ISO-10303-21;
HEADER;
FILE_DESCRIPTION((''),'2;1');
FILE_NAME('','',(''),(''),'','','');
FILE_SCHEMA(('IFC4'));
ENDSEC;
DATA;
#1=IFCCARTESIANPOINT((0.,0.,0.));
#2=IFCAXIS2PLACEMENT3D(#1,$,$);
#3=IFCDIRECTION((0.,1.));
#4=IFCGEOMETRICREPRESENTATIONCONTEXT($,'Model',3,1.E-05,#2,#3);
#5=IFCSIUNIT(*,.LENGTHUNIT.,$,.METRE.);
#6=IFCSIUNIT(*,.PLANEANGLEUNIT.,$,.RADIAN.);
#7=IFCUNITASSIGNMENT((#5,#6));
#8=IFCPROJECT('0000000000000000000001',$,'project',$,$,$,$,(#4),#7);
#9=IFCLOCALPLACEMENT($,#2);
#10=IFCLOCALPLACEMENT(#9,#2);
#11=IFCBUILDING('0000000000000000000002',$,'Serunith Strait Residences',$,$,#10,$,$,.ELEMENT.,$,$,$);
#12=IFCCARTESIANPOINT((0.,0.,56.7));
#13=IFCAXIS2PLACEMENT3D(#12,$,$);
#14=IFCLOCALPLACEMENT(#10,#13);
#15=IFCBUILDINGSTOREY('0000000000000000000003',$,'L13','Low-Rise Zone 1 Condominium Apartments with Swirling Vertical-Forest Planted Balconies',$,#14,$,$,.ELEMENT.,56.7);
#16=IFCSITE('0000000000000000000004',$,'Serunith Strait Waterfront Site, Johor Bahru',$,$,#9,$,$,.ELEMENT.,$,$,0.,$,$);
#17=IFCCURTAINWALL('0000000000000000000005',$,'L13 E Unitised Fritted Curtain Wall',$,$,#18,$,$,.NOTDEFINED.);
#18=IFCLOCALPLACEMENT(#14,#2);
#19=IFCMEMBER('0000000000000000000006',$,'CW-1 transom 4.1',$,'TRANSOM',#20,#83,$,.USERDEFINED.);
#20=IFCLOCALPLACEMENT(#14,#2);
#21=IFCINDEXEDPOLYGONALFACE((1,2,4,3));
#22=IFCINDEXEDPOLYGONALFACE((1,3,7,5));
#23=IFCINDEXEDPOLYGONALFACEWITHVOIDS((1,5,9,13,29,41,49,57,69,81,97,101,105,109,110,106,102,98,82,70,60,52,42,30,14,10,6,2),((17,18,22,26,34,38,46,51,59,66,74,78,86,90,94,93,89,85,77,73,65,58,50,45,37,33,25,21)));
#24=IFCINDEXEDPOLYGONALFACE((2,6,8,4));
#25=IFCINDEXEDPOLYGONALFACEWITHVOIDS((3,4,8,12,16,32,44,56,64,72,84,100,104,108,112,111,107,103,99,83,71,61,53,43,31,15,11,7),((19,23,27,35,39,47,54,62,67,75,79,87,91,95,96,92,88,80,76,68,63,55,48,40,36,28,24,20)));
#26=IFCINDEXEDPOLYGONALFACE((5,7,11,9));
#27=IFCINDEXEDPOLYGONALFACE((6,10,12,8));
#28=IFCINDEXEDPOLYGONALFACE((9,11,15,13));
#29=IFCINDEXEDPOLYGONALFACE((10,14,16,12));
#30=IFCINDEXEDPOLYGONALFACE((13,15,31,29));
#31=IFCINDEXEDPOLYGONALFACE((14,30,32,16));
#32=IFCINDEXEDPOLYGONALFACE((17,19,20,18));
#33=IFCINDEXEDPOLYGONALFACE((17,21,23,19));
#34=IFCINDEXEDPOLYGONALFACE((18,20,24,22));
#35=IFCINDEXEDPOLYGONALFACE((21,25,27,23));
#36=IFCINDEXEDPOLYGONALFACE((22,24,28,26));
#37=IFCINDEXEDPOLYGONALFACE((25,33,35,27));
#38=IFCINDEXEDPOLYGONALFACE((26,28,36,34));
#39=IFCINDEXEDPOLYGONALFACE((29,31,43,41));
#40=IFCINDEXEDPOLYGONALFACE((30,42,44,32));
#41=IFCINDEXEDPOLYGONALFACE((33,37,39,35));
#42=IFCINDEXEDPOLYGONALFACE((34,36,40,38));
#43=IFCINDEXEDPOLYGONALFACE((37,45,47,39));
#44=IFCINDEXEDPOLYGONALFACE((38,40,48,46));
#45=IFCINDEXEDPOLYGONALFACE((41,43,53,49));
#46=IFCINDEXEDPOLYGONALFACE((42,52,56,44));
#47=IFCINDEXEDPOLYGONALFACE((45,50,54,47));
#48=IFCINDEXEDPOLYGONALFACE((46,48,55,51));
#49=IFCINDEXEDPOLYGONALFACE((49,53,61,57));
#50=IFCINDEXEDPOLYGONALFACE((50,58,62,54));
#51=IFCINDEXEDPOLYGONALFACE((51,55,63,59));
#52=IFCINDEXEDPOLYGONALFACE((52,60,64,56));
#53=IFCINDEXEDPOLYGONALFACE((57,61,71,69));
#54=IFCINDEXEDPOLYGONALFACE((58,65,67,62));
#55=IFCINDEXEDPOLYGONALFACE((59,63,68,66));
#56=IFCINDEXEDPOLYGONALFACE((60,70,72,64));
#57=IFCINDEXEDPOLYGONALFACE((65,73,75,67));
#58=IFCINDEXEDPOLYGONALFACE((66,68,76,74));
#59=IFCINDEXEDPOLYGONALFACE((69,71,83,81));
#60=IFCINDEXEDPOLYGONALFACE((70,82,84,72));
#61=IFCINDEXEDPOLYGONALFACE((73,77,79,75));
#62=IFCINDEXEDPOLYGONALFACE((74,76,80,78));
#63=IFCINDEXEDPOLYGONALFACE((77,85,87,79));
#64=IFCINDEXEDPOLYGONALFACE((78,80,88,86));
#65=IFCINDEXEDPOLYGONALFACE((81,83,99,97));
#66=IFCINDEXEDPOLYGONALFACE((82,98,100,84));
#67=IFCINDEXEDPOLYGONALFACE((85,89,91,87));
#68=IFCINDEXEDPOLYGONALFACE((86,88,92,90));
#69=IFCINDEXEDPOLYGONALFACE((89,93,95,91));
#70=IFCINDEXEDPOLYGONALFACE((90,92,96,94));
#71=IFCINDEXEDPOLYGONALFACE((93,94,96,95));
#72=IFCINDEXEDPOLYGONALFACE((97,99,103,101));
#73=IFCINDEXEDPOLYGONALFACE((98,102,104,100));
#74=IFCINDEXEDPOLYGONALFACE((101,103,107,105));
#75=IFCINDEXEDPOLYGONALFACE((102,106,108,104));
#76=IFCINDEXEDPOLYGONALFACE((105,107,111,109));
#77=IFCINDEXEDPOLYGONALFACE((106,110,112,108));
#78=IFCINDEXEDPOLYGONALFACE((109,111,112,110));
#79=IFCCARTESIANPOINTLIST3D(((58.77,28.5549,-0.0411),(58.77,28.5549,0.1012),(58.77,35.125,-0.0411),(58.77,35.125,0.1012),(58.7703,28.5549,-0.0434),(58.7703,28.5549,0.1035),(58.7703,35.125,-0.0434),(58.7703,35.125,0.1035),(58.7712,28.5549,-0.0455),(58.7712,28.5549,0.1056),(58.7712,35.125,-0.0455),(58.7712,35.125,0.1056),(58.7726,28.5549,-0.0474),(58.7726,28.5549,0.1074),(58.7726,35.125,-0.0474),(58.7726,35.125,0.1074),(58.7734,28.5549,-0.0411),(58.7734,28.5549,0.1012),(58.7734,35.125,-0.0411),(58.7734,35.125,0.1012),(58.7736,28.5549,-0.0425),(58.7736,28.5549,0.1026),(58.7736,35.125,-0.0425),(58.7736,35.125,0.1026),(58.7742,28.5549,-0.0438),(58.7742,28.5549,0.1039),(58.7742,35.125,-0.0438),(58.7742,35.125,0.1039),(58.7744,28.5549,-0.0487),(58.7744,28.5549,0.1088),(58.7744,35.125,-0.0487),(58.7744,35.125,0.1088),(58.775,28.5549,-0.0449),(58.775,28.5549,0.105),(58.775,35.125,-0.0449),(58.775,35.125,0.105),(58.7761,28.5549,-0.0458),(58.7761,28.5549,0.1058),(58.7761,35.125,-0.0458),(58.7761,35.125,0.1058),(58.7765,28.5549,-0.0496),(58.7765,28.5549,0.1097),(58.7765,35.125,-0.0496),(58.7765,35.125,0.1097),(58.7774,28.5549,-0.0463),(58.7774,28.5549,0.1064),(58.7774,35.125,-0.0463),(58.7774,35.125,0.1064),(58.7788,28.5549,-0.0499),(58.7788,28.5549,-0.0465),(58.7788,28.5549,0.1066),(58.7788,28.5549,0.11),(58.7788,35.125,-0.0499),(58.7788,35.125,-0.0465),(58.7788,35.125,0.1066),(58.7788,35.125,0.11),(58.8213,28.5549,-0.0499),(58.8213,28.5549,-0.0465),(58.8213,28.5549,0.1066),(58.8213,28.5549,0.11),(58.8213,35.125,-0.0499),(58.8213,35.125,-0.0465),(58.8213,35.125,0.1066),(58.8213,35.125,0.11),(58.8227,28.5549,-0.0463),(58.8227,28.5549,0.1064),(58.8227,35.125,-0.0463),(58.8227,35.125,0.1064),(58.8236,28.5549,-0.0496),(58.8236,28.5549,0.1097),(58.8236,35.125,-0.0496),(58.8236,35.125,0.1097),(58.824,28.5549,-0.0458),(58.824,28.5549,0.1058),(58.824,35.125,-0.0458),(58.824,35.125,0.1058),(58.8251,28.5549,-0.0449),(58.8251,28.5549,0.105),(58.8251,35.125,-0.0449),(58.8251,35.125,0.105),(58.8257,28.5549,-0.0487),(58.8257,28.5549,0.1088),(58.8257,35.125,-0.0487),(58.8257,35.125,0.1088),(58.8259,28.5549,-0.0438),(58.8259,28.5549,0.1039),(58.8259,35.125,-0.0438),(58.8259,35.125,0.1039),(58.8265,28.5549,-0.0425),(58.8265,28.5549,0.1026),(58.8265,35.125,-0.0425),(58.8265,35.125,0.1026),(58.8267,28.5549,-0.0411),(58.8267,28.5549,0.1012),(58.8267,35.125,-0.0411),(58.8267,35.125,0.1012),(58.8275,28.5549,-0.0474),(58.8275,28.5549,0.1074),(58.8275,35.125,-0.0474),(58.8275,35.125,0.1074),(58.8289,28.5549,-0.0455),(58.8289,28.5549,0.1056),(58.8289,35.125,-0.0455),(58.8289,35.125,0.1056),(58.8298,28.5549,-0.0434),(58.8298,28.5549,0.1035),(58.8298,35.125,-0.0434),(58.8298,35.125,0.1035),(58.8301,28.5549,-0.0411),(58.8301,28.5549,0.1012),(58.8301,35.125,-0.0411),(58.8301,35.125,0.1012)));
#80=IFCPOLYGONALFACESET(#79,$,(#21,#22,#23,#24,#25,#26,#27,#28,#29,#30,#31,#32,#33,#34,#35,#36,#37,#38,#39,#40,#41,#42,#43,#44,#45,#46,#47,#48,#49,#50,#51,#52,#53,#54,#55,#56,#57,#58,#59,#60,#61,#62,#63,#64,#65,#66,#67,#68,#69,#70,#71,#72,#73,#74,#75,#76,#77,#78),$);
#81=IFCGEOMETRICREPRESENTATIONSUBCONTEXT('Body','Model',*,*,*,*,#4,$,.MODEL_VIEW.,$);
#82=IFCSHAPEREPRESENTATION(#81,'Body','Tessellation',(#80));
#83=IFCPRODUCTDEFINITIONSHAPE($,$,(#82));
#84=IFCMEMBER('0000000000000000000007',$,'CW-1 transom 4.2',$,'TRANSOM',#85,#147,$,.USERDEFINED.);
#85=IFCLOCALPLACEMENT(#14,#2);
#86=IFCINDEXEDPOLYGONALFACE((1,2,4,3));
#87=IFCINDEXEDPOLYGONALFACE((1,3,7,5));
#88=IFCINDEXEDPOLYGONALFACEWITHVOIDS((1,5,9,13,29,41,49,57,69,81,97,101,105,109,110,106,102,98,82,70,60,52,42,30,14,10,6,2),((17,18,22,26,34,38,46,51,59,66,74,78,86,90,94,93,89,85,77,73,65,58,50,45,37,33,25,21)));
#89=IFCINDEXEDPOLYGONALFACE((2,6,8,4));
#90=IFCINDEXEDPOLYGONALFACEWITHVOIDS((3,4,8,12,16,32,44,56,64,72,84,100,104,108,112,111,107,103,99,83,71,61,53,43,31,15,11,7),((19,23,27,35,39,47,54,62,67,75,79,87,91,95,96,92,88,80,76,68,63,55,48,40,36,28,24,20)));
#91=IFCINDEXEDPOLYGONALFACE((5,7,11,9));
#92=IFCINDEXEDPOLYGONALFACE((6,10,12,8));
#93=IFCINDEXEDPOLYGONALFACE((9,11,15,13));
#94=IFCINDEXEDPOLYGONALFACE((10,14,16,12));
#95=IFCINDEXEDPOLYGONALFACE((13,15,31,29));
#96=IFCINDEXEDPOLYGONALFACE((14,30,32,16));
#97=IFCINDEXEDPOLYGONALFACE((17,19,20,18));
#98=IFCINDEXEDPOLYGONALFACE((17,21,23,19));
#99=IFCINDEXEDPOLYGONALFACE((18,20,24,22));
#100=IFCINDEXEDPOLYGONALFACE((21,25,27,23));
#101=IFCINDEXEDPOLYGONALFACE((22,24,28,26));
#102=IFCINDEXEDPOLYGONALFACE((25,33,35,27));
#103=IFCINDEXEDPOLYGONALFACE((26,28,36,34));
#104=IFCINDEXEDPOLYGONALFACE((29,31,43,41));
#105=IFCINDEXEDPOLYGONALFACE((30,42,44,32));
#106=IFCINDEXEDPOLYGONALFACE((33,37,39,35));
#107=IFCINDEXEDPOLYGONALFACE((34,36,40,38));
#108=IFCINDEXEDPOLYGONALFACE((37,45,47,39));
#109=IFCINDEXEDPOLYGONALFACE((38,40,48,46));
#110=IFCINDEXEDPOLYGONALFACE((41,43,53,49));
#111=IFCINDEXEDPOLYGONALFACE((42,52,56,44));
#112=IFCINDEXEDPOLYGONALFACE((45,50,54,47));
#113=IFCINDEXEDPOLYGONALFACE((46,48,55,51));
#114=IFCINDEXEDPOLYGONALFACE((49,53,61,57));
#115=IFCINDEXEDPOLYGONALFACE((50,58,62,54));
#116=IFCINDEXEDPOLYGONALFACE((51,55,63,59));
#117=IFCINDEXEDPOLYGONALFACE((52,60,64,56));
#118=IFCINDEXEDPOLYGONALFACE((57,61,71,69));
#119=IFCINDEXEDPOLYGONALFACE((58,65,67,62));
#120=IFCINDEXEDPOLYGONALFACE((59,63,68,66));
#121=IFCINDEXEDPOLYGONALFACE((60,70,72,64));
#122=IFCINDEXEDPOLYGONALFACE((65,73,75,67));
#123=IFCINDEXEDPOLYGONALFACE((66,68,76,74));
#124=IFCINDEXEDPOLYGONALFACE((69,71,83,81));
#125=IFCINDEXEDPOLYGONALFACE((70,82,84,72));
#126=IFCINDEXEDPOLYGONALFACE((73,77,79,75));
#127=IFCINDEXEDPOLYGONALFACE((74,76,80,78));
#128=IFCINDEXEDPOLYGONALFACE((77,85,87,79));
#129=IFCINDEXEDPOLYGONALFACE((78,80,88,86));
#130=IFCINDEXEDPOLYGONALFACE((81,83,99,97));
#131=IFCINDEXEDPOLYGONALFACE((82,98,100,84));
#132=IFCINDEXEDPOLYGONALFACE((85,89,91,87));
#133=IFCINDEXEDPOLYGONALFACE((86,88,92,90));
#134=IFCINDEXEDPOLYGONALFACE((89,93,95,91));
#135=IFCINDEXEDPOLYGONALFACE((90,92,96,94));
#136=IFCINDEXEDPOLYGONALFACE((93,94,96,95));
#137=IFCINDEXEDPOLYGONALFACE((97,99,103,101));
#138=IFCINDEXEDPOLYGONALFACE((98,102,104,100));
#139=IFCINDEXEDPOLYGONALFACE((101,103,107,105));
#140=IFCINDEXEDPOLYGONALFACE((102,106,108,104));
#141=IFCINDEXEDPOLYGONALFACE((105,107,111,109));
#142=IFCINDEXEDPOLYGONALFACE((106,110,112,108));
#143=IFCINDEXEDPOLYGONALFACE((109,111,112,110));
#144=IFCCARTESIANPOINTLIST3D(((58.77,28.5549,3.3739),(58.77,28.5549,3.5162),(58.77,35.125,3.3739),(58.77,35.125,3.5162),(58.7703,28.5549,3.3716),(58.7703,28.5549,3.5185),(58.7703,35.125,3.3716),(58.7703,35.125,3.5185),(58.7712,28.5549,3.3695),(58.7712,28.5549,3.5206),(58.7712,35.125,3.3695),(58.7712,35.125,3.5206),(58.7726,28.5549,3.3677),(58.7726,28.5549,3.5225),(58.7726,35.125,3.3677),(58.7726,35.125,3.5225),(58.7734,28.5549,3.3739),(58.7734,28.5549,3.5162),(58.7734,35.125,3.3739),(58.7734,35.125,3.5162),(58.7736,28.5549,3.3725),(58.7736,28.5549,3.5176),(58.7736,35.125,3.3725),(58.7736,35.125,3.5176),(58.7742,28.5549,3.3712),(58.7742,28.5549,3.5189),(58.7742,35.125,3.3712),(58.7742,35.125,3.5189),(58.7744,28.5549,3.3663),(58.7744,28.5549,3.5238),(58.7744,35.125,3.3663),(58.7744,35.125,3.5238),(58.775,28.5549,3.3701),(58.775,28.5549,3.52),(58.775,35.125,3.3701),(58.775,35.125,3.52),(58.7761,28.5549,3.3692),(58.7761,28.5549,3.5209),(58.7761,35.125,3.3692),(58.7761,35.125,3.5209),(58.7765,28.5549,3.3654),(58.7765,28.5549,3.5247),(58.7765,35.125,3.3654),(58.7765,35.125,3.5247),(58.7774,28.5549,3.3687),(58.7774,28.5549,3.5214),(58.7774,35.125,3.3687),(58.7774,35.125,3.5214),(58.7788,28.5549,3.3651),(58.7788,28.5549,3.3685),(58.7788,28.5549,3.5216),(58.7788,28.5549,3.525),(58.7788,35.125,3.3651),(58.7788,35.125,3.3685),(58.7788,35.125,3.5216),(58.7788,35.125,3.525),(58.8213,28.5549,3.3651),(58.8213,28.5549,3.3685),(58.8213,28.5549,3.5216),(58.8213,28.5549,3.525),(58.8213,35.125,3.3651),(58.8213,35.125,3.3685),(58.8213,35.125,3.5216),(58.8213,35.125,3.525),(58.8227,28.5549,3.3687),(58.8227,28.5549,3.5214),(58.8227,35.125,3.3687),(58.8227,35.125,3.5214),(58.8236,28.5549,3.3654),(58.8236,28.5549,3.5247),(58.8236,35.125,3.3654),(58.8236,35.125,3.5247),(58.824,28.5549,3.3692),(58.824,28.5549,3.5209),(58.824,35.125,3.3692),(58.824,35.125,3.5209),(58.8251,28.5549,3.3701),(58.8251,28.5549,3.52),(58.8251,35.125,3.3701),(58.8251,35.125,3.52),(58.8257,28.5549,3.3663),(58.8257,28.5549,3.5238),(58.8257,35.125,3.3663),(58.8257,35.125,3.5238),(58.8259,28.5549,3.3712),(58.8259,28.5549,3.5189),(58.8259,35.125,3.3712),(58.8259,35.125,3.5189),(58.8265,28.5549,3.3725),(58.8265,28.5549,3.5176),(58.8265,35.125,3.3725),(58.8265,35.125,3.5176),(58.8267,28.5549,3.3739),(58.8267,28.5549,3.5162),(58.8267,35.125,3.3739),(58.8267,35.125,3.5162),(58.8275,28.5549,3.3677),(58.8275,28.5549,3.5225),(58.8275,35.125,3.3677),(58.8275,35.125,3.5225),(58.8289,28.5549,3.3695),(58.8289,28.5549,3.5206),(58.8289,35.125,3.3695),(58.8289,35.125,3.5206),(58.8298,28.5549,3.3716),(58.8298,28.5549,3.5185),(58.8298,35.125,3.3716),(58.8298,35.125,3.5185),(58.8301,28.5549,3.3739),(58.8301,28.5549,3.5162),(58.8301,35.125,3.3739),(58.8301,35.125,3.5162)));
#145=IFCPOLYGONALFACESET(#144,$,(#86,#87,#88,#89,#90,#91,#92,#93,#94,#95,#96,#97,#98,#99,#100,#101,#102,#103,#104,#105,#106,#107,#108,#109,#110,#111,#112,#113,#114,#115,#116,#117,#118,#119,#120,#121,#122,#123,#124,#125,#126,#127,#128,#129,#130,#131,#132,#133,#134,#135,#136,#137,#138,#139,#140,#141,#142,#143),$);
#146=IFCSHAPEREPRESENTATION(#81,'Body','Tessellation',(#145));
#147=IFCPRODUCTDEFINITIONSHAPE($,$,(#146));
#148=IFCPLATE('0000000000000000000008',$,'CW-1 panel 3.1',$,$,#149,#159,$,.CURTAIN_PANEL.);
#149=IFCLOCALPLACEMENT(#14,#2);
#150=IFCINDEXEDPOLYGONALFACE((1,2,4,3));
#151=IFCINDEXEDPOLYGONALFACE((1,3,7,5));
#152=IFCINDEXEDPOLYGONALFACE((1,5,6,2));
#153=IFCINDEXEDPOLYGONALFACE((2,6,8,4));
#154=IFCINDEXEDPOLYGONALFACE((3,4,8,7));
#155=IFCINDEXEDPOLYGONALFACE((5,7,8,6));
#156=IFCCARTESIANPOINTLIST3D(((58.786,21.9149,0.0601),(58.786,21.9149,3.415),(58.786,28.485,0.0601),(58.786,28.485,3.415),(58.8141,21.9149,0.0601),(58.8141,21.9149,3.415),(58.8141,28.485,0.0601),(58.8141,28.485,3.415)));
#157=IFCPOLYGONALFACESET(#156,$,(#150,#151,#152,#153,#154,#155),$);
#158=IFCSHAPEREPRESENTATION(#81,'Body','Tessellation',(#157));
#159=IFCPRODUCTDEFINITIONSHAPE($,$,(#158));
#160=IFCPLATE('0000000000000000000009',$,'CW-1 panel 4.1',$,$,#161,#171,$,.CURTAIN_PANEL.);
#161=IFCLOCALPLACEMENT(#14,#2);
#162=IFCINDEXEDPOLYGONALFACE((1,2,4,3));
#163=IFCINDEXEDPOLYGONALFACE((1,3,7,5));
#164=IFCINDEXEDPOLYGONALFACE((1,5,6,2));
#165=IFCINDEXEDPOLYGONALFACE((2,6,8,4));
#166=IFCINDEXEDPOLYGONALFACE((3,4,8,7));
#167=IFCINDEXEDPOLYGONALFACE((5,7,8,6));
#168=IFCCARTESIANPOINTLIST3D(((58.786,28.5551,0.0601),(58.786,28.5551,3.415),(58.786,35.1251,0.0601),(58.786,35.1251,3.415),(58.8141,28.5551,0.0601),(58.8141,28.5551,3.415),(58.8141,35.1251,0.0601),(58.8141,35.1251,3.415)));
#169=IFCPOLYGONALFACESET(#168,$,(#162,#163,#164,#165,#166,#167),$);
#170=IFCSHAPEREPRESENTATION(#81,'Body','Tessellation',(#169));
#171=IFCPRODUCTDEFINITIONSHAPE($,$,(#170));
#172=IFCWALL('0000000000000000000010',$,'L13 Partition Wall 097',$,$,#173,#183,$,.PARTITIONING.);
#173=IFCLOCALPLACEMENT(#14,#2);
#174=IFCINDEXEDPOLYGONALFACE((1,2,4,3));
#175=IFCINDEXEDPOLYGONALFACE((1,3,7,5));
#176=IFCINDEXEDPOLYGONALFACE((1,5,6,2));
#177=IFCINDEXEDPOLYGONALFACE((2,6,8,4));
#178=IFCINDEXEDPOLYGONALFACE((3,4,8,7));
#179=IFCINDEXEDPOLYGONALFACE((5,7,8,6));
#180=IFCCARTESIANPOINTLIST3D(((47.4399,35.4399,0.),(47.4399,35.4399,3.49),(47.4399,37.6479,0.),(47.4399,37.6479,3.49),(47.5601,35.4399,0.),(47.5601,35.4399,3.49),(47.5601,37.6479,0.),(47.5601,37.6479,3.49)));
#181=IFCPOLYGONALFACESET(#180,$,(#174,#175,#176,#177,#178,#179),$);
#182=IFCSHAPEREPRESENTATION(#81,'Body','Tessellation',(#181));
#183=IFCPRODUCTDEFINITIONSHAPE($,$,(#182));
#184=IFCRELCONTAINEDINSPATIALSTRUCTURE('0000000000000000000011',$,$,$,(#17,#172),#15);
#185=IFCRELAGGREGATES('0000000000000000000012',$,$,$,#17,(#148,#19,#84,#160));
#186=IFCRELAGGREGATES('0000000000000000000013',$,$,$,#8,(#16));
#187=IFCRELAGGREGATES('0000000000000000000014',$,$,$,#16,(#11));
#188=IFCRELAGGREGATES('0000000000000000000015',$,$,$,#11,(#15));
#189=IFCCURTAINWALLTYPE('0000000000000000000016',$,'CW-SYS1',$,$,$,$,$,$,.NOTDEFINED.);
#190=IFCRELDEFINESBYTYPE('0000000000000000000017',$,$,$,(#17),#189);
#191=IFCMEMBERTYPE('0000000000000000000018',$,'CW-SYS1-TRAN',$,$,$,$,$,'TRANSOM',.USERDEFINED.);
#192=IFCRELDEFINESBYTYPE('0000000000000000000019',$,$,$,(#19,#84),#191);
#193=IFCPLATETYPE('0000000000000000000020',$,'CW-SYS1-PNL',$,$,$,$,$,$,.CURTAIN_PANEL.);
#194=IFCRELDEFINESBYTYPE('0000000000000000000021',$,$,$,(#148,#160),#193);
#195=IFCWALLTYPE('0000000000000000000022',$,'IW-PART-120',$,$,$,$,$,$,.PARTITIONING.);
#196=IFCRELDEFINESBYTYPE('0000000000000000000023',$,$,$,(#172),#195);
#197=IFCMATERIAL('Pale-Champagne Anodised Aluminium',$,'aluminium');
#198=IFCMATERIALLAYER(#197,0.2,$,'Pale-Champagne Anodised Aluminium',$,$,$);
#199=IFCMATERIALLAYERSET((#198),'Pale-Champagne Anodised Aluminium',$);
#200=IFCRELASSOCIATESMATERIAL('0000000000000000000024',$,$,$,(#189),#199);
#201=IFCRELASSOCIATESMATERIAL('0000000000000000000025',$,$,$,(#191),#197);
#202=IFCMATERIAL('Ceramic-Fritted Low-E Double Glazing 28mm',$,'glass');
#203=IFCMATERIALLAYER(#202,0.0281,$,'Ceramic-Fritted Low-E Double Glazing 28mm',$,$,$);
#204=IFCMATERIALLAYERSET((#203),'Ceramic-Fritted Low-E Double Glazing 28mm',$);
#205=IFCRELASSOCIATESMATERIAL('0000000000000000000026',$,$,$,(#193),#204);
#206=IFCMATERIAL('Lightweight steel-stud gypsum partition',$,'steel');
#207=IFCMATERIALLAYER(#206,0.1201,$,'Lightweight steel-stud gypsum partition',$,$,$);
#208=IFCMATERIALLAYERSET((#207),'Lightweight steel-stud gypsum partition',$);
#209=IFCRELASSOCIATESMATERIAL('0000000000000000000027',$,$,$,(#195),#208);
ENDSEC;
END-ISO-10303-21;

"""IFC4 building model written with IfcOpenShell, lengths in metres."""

from ifc_helpers import new_model, si_unit, direction, frame, frame_2d, origin, origin_2d, place, context, subcontext, project, spatial, rectangle, hollow_rectangle, extrude, source, transform, mapped, material, layer, layer_set, material_profile, profile_set, type_object, element, aggregate, save


model = new_model("IFC4")

# Units and contexts
model_context = context("Model", 3, precision=1e-05, world=origin(), true_north=direction((0.0, 1.0)))
body_context = subcontext(model_context, "Body", "Model", "MODEL_VIEW")
ifc_project = project(units=[si_unit("LENGTHUNIT", "METRE"), si_unit("PLANEANGLEUNIT", "RADIAN")], contexts=[model_context])

# Site, building, storey
site_placement = place(None, origin())
site = spatial("IfcSite", under=ifc_project, at=site_placement, Name="Serunith Strait Waterfront Site, Johor Bahru", CompositionType="ELEMENT", RefElevation=0.0)
building_placement = place(site_placement, origin())
building = spatial("IfcBuilding", under=site, at=building_placement, Name="Serunith Strait Residences", CompositionType="ELEMENT")
storey_placement = place(building_placement, frame((0.0, 0.0, 56.7)))
storey = spatial("IfcBuildingStorey", under=building, at=storey_placement, Name="L13", Description="Low-Rise Zone 1 Condominium Apartments with Swirling Vertical-Forest Planted Balconies", CompositionType="ELEMENT", Elevation=56.7)

# Curtain wall, members, plates
ifc_material_1 = material(Name="Pale-Champagne Anodised Aluminium", Category="aluminium")
ifc_layer_1 = layer(ifc_material_1, 0.2, Name="Pale-Champagne Anodised Aluminium")
ifc_layer_set_1 = layer_set([ifc_layer_1], Name="Pale-Champagne Anodised Aluminium")
curtain_wall_type = type_object("IfcCurtainWallType", Name="CW-SYS1", PredefinedType="NOTDEFINED", material=ifc_layer_set_1)
curtain_wall_placement = place(storey_placement, origin())
curtain_wall = element("IfcCurtainWall", 1, at=curtain_wall_placement, inside=storey, type_object=curtain_wall_type, Name="L13 E Unitised Fritted Curtain Wall", PredefinedType="NOTDEFINED")
ifc_material_profile_1 = material_profile(ifc_material_1, hollow_rectangle(XDim=0.0601, YDim=0.1599, WallThickness=0.0034, InnerFilletRadius=0.0054, OuterFilletRadius=0.0088, at=origin_2d()), Name="ALU 160x60x3.5")
ifc_profile_set_1 = profile_set([ifc_material_profile_1], Name="Pale-Champagne Anodised Aluminium")
member_type_1 = type_object("IfcMemberType", Name="CW-SYS1-TRAN", ElementType="TRANSOM", PredefinedType="USERDEFINED", material=ifc_profile_set_1)
shared_shape_1 = source(origin(), body_context, "Body", "SweptSolid", [
    extrude(hollow_rectangle(XDim=0.0601, YDim=0.1599, WallThickness=0.0034, InnerFilletRadius=0.0054, OuterFilletRadius=0.0088, at=origin_2d()), origin(), (0.0, 0.0, 1.0), 6.5701),
])
member_1_placement = place(storey_placement, frame((58.8, 28.5549, 0.03), z_axis=(0.0, 1.0, 0.0), x_axis=(-1.0, 0.0, 0.0)))
member_1 = element("IfcMember", 2, at=member_1_placement, type_object=member_type_1, Name="CW-1 transom 4.1", ObjectType="TRANSOM", PredefinedType="USERDEFINED", context=body_context, shape_type="MappedRepresentation", body=[
    mapped(shared_shape_1, transform((0.0, 0.0, 0.0), scale=1.0)),
])
member_2_placement = place(storey_placement, frame((58.8, 28.5549, 3.4451), z_axis=(0.0, 1.0, 0.0), x_axis=(-1.0, 0.0, 0.0)))
member_2 = element("IfcMember", 3, at=member_2_placement, type_object=member_type_1, Name="CW-1 transom 4.2", ObjectType="TRANSOM", PredefinedType="USERDEFINED", context=body_context, shape_type="MappedRepresentation", body=[
    mapped(shared_shape_1, transform((0.0, 0.0, 0.0), scale=1.0)),
])
ifc_material_2 = material(Name="Ceramic-Fritted Low-E Double Glazing 28mm", Category="glass")
ifc_layer_2 = layer(ifc_material_2, 0.0281, Name="Ceramic-Fritted Low-E Double Glazing 28mm")
ifc_layer_set_2 = layer_set([ifc_layer_2], Name="Ceramic-Fritted Low-E Double Glazing 28mm")
plate_type = type_object("IfcPlateType", Name="CW-SYS1-PNL", PredefinedType="CURTAIN_PANEL", material=ifc_layer_set_2)
shared_shape_2 = source(origin(), body_context, "Body", "SweptSolid", [
    extrude(rectangle(XDim=6.5701, YDim=0.0281, at=origin_2d()), origin(), (0.0, 0.0, 1.0), 3.355),
])
plate_1_placement = place(storey_placement, frame((58.8, 25.2, 0.0601), z_axis=(0.0, 0.0, 1.0), x_axis=(0.0, 1.0, 0.0)))
plate_1 = element("IfcPlate", 4, at=plate_1_placement, type_object=plate_type, Name="CW-1 panel 3.1", PredefinedType="CURTAIN_PANEL", context=body_context, shape_type="MappedRepresentation", body=[
    mapped(shared_shape_2, transform((0.0, 0.0, 0.0), scale=1.0)),
])
plate_2_placement = place(storey_placement, frame((58.8, 31.8401, 0.0601), z_axis=(0.0, 0.0, 1.0), x_axis=(0.0, 1.0, 0.0)))
plate_2 = element("IfcPlate", 5, at=plate_2_placement, type_object=plate_type, Name="CW-1 panel 4.1", PredefinedType="CURTAIN_PANEL", context=body_context, shape_type="MappedRepresentation", body=[
    mapped(shared_shape_2, transform((0.0, 0.0, 0.0), scale=1.0)),
])
aggregate(curtain_wall, [plate_1, member_1, member_2, plate_2])

# Wall
ifc_material_3 = material(Name="Lightweight steel-stud gypsum partition", Category="steel")
ifc_layer_3 = layer(ifc_material_3, 0.1201, Name="Lightweight steel-stud gypsum partition")
ifc_layer_set_3 = layer_set([ifc_layer_3], Name="Lightweight steel-stud gypsum partition")
wall_type_1 = type_object("IfcWallType", Name="IW-PART-120", PredefinedType="PARTITIONING", material=ifc_layer_set_3)
wall_1_placement = place(storey_placement, frame((47.5, 37.6479, 0.0), z_axis=(0.0, 0.0, 1.0), x_axis=(0.0, -1.0, 0.0)))
element("IfcWall", 6, at=wall_1_placement, inside=storey, type_object=wall_type_1, Name="L13 Partition Wall 097", PredefinedType="PARTITIONING", context=body_context, shape_type="SweptSolid", body=[
    extrude(rectangle(XDim=2.208, YDim=0.1201, at=frame_2d((1.104, 0.0))), origin(), (0.0, 0.0, 1.0), 3.49),
])

save(model, "model.ifc")
